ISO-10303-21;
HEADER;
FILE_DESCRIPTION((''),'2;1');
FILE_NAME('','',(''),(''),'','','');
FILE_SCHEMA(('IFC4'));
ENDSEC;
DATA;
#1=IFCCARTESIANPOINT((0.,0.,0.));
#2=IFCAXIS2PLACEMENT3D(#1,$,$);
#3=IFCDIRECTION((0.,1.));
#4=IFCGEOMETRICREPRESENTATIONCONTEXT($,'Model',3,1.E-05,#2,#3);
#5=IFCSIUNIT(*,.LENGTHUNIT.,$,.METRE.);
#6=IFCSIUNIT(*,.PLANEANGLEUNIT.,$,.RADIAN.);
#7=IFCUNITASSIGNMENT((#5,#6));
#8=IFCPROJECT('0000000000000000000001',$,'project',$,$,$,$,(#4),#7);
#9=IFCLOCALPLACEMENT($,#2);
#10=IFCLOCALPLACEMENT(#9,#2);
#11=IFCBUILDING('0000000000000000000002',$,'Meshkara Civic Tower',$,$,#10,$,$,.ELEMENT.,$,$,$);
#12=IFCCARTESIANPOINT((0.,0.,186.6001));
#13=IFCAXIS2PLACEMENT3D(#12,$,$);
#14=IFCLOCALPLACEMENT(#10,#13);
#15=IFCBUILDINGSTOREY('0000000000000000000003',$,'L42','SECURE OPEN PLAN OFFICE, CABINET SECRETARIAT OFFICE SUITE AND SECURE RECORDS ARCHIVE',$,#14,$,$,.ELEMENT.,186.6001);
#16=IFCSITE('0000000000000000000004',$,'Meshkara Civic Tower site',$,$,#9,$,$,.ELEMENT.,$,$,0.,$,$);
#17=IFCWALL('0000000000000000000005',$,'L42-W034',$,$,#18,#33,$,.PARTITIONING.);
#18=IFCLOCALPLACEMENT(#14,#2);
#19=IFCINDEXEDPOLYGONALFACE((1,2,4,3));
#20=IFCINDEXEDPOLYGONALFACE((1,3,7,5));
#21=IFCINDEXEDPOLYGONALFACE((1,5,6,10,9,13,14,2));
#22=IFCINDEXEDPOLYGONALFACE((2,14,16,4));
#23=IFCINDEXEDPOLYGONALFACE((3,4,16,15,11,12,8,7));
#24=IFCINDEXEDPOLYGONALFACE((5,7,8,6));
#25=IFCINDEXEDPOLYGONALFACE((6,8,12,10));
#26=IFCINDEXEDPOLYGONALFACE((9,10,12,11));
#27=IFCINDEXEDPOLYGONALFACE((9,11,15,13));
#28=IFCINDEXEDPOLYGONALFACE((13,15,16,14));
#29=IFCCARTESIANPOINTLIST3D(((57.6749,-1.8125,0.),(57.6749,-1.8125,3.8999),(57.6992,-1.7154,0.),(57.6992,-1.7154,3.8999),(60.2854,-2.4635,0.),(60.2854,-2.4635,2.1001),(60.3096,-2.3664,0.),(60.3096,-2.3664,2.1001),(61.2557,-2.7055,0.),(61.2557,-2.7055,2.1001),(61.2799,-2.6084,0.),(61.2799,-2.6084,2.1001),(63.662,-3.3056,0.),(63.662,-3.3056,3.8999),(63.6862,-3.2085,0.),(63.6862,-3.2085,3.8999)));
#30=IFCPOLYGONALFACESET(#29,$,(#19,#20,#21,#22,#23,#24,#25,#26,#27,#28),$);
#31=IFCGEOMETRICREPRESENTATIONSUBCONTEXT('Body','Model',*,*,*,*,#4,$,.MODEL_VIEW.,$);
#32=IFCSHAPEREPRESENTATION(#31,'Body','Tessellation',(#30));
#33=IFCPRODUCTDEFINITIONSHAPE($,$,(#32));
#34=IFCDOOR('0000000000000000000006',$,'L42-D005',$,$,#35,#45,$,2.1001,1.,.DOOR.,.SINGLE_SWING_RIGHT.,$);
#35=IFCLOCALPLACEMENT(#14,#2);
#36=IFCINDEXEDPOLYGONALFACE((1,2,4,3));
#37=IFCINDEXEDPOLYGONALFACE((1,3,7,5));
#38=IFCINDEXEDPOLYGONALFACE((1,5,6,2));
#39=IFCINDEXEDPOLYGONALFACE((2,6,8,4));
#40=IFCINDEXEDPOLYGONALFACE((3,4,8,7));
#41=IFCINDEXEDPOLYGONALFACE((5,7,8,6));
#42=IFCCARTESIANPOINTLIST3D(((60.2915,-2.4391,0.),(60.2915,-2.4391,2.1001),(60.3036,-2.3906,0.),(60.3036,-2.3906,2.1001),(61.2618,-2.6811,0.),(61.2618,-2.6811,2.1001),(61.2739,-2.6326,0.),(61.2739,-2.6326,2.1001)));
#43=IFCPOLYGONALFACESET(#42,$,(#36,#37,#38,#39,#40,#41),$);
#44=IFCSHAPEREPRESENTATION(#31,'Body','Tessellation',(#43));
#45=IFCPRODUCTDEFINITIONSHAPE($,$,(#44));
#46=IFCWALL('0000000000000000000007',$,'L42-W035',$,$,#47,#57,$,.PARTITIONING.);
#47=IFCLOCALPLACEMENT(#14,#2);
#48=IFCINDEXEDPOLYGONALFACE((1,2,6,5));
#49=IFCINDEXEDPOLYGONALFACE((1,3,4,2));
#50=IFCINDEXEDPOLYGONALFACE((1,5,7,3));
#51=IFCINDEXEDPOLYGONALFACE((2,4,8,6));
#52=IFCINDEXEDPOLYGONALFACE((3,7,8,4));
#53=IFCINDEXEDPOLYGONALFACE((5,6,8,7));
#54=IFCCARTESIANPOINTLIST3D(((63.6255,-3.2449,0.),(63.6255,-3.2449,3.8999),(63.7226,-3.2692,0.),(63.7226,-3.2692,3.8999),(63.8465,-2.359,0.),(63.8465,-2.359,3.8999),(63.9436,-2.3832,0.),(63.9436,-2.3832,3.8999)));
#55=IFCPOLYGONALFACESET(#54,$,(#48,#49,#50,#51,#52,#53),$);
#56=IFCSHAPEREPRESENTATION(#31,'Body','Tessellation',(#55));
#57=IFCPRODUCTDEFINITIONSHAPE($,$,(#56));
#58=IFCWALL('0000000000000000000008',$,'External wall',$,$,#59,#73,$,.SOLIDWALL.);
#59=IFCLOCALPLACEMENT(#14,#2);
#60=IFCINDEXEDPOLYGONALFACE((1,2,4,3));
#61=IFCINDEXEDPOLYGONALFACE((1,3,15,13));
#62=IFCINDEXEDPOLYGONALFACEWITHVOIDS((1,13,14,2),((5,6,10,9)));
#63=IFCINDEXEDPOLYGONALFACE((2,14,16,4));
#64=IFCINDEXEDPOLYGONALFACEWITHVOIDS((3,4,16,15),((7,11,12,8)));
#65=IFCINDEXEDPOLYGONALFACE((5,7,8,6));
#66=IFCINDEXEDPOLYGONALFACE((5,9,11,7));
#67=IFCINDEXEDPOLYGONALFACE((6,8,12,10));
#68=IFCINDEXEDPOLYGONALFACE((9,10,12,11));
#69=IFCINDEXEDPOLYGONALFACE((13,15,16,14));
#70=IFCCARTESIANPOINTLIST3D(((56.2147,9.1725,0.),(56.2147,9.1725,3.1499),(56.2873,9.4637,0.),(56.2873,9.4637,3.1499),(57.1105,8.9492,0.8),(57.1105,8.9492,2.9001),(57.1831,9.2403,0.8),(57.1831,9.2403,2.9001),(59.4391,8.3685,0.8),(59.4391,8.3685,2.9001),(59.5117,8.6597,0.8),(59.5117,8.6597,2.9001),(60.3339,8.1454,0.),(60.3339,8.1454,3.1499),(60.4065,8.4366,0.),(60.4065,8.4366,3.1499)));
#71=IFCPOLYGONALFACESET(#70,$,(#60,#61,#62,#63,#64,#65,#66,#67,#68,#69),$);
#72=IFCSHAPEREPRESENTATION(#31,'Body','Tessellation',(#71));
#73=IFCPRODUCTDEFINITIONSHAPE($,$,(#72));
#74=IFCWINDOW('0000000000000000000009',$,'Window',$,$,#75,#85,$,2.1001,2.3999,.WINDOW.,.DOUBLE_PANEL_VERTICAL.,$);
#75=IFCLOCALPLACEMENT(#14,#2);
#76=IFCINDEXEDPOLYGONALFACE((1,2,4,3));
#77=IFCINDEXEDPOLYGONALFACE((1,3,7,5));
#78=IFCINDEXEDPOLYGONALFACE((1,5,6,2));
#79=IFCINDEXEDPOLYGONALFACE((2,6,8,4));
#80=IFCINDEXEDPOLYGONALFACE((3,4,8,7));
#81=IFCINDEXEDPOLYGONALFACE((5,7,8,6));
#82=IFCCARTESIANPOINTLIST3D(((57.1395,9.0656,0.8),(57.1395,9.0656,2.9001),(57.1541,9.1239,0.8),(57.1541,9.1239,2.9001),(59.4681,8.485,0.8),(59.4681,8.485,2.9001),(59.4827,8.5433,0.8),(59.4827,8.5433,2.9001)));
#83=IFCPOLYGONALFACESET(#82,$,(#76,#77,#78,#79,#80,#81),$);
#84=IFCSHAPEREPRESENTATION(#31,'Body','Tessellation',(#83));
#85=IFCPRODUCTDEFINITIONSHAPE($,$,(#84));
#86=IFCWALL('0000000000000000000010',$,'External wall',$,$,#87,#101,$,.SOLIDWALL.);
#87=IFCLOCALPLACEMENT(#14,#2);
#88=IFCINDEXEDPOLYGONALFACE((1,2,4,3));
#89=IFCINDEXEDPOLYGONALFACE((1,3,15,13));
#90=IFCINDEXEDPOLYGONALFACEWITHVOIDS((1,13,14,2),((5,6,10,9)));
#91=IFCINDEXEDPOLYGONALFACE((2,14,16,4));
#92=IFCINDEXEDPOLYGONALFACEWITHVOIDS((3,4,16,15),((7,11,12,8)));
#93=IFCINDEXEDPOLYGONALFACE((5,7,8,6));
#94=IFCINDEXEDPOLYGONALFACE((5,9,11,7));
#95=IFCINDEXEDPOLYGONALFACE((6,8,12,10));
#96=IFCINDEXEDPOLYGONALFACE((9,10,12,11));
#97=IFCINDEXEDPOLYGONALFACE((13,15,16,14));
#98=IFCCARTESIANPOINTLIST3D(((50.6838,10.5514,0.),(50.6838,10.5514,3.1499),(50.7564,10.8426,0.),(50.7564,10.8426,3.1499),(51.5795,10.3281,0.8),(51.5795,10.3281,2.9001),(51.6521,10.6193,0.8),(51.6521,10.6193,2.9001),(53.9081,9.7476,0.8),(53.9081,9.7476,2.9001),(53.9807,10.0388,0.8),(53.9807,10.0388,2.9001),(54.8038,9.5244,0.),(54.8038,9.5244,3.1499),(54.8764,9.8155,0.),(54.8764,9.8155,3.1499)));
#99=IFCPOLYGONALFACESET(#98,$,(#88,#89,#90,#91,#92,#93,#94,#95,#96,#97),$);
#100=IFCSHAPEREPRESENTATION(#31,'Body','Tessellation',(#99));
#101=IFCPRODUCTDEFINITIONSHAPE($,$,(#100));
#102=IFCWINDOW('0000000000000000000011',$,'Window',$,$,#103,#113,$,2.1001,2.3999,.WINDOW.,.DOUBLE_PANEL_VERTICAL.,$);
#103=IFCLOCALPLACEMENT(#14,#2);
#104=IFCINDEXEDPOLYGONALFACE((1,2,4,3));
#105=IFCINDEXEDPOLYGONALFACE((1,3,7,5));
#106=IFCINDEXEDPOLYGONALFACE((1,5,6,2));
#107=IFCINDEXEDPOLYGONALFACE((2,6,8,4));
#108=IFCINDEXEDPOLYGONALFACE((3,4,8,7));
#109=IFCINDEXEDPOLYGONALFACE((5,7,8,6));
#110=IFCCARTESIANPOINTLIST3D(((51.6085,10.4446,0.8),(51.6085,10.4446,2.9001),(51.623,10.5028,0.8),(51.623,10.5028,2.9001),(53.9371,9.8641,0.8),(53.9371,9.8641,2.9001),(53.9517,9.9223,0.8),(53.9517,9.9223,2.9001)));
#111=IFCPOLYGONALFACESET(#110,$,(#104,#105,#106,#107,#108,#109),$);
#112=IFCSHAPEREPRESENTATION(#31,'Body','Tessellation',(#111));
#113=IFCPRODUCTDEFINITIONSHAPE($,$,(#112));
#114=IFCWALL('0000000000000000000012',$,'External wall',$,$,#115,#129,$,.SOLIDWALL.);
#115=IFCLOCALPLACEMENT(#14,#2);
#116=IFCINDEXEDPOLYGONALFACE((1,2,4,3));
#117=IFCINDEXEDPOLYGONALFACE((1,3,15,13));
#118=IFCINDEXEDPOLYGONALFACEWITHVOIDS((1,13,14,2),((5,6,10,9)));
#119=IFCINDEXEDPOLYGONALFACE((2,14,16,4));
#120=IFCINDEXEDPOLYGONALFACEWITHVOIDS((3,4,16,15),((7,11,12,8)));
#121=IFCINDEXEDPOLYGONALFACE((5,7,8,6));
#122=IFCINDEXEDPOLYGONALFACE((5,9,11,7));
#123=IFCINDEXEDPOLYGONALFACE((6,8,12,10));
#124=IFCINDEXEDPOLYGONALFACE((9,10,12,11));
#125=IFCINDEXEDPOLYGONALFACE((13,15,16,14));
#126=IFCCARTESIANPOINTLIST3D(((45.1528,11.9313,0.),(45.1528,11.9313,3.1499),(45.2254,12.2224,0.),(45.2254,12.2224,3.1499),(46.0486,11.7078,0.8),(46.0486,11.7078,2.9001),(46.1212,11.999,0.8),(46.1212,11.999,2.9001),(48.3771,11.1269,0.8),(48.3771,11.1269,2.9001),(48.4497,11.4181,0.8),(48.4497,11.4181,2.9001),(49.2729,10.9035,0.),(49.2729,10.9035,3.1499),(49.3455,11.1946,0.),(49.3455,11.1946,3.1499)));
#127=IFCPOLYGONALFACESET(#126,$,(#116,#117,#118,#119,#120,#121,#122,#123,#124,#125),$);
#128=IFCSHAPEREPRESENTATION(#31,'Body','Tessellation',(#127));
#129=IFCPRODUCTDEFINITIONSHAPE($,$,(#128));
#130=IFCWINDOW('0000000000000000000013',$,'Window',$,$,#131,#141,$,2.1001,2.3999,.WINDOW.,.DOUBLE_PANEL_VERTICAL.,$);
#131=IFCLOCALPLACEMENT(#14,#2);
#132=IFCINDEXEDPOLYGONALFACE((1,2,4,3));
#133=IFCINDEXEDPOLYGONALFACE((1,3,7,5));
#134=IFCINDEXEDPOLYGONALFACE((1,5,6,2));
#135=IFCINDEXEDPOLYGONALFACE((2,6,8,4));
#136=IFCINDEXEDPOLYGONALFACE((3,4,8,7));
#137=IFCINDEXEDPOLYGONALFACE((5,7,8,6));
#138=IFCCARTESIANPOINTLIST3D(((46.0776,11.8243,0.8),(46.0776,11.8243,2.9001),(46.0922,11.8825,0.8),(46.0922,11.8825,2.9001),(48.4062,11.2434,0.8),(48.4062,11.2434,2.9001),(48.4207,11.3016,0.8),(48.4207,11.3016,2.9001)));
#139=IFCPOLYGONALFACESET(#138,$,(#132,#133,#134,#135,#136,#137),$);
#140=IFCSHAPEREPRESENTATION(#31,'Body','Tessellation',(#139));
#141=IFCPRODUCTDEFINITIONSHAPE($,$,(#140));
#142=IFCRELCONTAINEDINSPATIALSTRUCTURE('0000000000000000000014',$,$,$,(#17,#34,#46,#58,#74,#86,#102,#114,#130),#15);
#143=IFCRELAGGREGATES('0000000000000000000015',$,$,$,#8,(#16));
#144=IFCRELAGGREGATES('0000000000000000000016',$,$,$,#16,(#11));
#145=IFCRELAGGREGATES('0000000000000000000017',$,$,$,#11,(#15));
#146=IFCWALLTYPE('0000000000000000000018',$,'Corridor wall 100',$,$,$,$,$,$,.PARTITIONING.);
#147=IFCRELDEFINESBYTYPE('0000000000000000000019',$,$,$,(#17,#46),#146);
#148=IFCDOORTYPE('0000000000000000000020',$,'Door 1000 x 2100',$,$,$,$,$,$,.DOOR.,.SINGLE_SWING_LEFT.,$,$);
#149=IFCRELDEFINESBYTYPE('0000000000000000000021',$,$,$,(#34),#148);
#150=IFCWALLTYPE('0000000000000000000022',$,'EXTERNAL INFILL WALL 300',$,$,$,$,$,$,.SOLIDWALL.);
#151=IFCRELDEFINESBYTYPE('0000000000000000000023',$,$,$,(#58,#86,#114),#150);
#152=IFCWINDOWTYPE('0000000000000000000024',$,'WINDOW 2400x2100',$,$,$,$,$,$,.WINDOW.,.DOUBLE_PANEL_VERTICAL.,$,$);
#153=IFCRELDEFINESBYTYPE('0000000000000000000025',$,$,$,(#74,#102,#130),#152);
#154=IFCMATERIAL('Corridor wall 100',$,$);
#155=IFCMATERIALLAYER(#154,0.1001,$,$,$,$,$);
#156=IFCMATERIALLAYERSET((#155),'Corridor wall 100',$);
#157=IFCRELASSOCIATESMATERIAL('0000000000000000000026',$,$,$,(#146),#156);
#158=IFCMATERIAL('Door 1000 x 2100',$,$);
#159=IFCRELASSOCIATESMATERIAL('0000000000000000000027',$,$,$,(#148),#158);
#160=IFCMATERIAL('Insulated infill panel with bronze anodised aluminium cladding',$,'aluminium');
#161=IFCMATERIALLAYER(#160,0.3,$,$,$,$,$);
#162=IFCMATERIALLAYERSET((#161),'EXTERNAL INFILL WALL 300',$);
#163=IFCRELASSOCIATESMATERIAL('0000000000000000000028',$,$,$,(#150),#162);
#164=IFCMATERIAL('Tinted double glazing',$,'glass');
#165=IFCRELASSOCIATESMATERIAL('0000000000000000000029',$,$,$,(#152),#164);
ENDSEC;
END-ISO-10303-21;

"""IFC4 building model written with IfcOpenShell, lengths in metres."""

from ifc_helpers import new_model, si_unit, direction, frame, frame_2d, origin, place, context, subcontext, project, spatial, rectangle, extrude, material, layer, layer_set, type_object, element, fill, save


model = new_model("IFC4")

# Units and contexts
model_context = context("Model", 3, precision=1e-05, world=origin(), true_north=direction((0.0, 1.0)))
body_context = subcontext(model_context, "Body", "Model", "MODEL_VIEW")
ifc_project = project(units=[si_unit("LENGTHUNIT", "METRE"), si_unit("PLANEANGLEUNIT", "RADIAN")], contexts=[model_context])

# Site, building, storey
site_placement = place(None, origin())
site = spatial("IfcSite", under=ifc_project, at=site_placement, Name="Meshkara Civic Tower site", CompositionType="ELEMENT", RefElevation=0.0)
building_placement = place(site_placement, origin())
building = spatial("IfcBuilding", under=site, at=building_placement, Name="Meshkara Civic Tower", CompositionType="ELEMENT")
storey_placement = place(building_placement, frame((0.0, 0.0, 186.6001)))
storey = spatial("IfcBuildingStorey", under=building, at=storey_placement, Name="L42", Description="SECURE OPEN PLAN OFFICE, CABINET SECRETARIAT OFFICE SUITE AND SECURE RECORDS ARCHIVE", CompositionType="ELEMENT", Elevation=186.6001)

# Shared definitions
ifc_material_1 = material(Name="Corridor wall 100")
ifc_layer_1 = layer(ifc_material_1, 0.1001)
ifc_layer_set_1 = layer_set([ifc_layer_1], Name="Corridor wall 100")
wall_type_1 = type_object("IfcWallType", Name="Corridor wall 100", PredefinedType="PARTITIONING", material=ifc_layer_set_1)

# Wall, opening, door
wall_1_placement = place(storey_placement, frame((63.6741, -3.2571, 0.0), z_axis=(0.0, 0.0, 1.0), x_axis=(-0.97028, 0.241986, 0.0)))
wall_1 = element("IfcWall", 1, at=wall_1_placement, inside=storey, type_object=wall_type_1, Name="L42-W034", PredefinedType="PARTITIONING", context=body_context, shape_type="SweptSolid", body=[
    extrude(rectangle(XDim=6.1704, YDim=0.1001, at=frame_2d((3.0852, 0.0))), origin(), (0.0, 0.0, 1.0), 3.8999),
])
opening_1_placement = place(wall_1_placement, frame((2.48, 0.0, 0.0)))
opening_1 = element("IfcOpeningElement", 2, at=opening_1_placement, cuts=wall_1, PredefinedType="OPENING", context=body_context, shape_type="SweptSolid", body=[
    extrude(rectangle(XDim=1.0, YDim=2.1001, at=frame_2d((0.5, 1.05))), frame((0.0, 0.0601, 0.0), z_axis=(0.0, -1.0, 0.0), x_axis=(1.0, 0.0, 0.0)), (0.0, 0.0, 1.0), 0.1201),
])
ifc_material_2 = material(Name="Door 1000 x 2100")
door_type = type_object("IfcDoorType", Name="Door 1000 x 2100", OperationType="SINGLE_SWING_LEFT", PredefinedType="DOOR", material=ifc_material_2)
door_placement = place(opening_1_placement, origin())
door = element("IfcDoor", 3, at=door_placement, inside=storey, type_object=door_type, Name="L42-D005", OperationType="SINGLE_SWING_RIGHT", OverallHeight=2.1001, OverallWidth=1.0, PredefinedType="DOOR", context=body_context, shape_type="SweptSolid", body=[
    extrude(rectangle(XDim=1.0, YDim=2.1001, at=frame_2d((0.5, 1.05))), frame((0.0, 0.0249, 0.0), z_axis=(0.0, -1.0, 0.0), x_axis=(1.0, 0.0, 0.0)), (0.0, 0.0, 1.0), 0.05),
])
fill(opening_1, door)

# Wall
wall_2_placement = place(storey_placement, frame((63.895, -2.3711, 0.0), z_axis=(0.0, 0.0, 1.0), x_axis=(-0.241969, -0.970284, 0.0)))
element("IfcWall", 4, at=wall_2_placement, inside=storey, type_object=wall_type_1, Name="L42-W035", PredefinedType="PARTITIONING", context=body_context, shape_type="SweptSolid", body=[
    extrude(rectangle(XDim=0.9131, YDim=0.1001, at=frame_2d((0.4565, 0.0))), origin(), (0.0, 0.0, 1.0), 3.8999),
])

# Walls, openings, windows
ifc_material_3 = material(Name="Insulated infill panel with bronze anodised aluminium cladding", Category="aluminium")
ifc_layer_2 = layer(ifc_material_3, 0.3)
ifc_layer_set_2 = layer_set([ifc_layer_2], Name="EXTERNAL INFILL WALL 300")
wall_type_2 = type_object("IfcWallType", Name="EXTERNAL INFILL WALL 300", PredefinedType="SOLIDWALL", material=ifc_layer_set_2)
wall_3_placement = place(storey_placement, frame((60.3701, 8.291, 0.0), z_axis=(0.0, 0.0, 1.0), x_axis=(-0.970291, 0.24194, 0.0)))
wall_3 = element("IfcWall", 5, at=wall_3_placement, inside=storey, type_object=wall_type_2, Name="External wall", PredefinedType="SOLIDWALL", context=body_context, shape_type="SweptSolid", body=[
    extrude(rectangle(XDim=4.2454, YDim=0.3, at=frame_2d((2.1226, 0.0))), origin(), (0.0, 0.0, 1.0), 3.1499),
])
opening_2_placement = place(wall_3_placement, frame((0.9221, 0.0, 0.8)))
opening_2 = element("IfcOpeningElement", 6, at=opening_2_placement, cuts=wall_3, PredefinedType="OPENING", context=body_context, shape_type="SweptSolid", body=[
    extrude(rectangle(XDim=2.3999, YDim=2.1001, at=frame_2d((1.2, 1.05))), frame((0.0, 0.1599, 0.0), z_axis=(0.0, -1.0, 0.0), x_axis=(1.0, 0.0, 0.0)), (0.0, 0.0, 1.0), 0.3201),
])
ifc_material_4 = material(Name="Tinted double glazing", Category="glass")
window_type = type_object("IfcWindowType", Name="WINDOW 2400x2100", PartitioningType="DOUBLE_PANEL_VERTICAL", PredefinedType="WINDOW", material=ifc_material_4)
window_1_placement = place(opening_2_placement, origin())
window_1 = element("IfcWindow", 7, at=window_1_placement, inside=storey, type_object=window_type, Name="Window", OverallHeight=2.1001, OverallWidth=2.3999, PartitioningType="DOUBLE_PANEL_VERTICAL", PredefinedType="WINDOW", context=body_context, shape_type="SweptSolid", body=[
    extrude(rectangle(XDim=2.3999, YDim=2.1001, at=frame_2d((1.2, 1.05))), frame((0.0, 0.03, 0.0), z_axis=(0.0, -1.0, 0.0), x_axis=(1.0, 0.0, 0.0)), (0.0, 0.0, 1.0), 0.0601),
])
fill(opening_2, window_1)
wall_4_placement = place(storey_placement, frame((54.8401, 9.6699, 0.0), z_axis=(0.0, 0.0, 1.0), x_axis=(-0.970305, 0.241886, 0.0)))
wall_4 = element("IfcWall", 8, at=wall_4_placement, inside=storey, type_object=wall_type_2, Name="External wall", PredefinedType="SOLIDWALL", context=body_context, shape_type="SweptSolid", body=[
    extrude(rectangle(XDim=4.2461, YDim=0.3, at=frame_2d((2.123, 0.0))), origin(), (0.0, 0.0, 1.0), 3.1499),
])
opening_3_placement = place(wall_4_placement, frame((0.9231, 0.0, 0.8)))
opening_3 = element("IfcOpeningElement", 9, at=opening_3_placement, cuts=wall_4, PredefinedType="OPENING", context=body_context, shape_type="SweptSolid", body=[
    extrude(rectangle(XDim=2.3999, YDim=2.1001, at=frame_2d((1.2, 1.05))), frame((0.0, 0.1599, 0.0), z_axis=(0.0, -1.0, 0.0), x_axis=(1.0, 0.0, 0.0)), (0.0, 0.0, 1.0), 0.3201),
])
window_2_placement = place(opening_3_placement, origin())
window_2 = element("IfcWindow", 10, at=window_2_placement, inside=storey, type_object=window_type, Name="Window", OverallHeight=2.1001, OverallWidth=2.3999, PartitioningType="DOUBLE_PANEL_VERTICAL", PredefinedType="WINDOW", context=body_context, shape_type="SweptSolid", body=[
    extrude(rectangle(XDim=2.3999, YDim=2.1001, at=frame_2d((1.2, 1.05))), frame((0.0, 0.03, 0.0), z_axis=(0.0, -1.0, 0.0), x_axis=(1.0, 0.0, 0.0)), (0.0, 0.0, 1.0), 0.0601),
])
fill(opening_3, window_2)
wall_5_placement = place(storey_placement, frame((49.3091, 11.0491, 0.0), z_axis=(0.0, 0.0, 1.0), x_axis=(-0.970264, 0.242049, 0.0)))
wall_5 = element("IfcWall", 11, at=wall_5_placement, inside=storey, type_object=wall_type_2, Name="External wall", PredefinedType="SOLIDWALL", context=body_context, shape_type="SweptSolid", body=[
    extrude(rectangle(XDim=4.2463, YDim=0.3, at=frame_2d((2.123, 0.0))), origin(), (0.0, 0.0, 1.0), 3.1499),
])
opening_4_placement = place(wall_5_placement, frame((0.9231, 0.0, 0.8)))
opening_4 = element("IfcOpeningElement", 12, at=opening_4_placement, cuts=wall_5, PredefinedType="OPENING", context=body_context, shape_type="SweptSolid", body=[
    extrude(rectangle(XDim=2.3999, YDim=2.1001, at=frame_2d((1.2, 1.05))), frame((0.0, 0.1599, 0.0), z_axis=(0.0, -1.0, 0.0), x_axis=(1.0, 0.0, 0.0)), (0.0, 0.0, 1.0), 0.3201),
])
window_3_placement = place(opening_4_placement, origin())
window_3 = element("IfcWindow", 13, at=window_3_placement, inside=storey, type_object=window_type, Name="Window", OverallHeight=2.1001, OverallWidth=2.3999, PartitioningType="DOUBLE_PANEL_VERTICAL", PredefinedType="WINDOW", context=body_context, shape_type="SweptSolid", body=[
    extrude(rectangle(XDim=2.3999, YDim=2.1001, at=frame_2d((1.2, 1.05))), frame((0.0, 0.03, 0.0), z_axis=(0.0, -1.0, 0.0), x_axis=(1.0, 0.0, 0.0)), (0.0, 0.0, 1.0), 0.0601),
])
fill(opening_4, window_3)

save(model, "model.ifc")
